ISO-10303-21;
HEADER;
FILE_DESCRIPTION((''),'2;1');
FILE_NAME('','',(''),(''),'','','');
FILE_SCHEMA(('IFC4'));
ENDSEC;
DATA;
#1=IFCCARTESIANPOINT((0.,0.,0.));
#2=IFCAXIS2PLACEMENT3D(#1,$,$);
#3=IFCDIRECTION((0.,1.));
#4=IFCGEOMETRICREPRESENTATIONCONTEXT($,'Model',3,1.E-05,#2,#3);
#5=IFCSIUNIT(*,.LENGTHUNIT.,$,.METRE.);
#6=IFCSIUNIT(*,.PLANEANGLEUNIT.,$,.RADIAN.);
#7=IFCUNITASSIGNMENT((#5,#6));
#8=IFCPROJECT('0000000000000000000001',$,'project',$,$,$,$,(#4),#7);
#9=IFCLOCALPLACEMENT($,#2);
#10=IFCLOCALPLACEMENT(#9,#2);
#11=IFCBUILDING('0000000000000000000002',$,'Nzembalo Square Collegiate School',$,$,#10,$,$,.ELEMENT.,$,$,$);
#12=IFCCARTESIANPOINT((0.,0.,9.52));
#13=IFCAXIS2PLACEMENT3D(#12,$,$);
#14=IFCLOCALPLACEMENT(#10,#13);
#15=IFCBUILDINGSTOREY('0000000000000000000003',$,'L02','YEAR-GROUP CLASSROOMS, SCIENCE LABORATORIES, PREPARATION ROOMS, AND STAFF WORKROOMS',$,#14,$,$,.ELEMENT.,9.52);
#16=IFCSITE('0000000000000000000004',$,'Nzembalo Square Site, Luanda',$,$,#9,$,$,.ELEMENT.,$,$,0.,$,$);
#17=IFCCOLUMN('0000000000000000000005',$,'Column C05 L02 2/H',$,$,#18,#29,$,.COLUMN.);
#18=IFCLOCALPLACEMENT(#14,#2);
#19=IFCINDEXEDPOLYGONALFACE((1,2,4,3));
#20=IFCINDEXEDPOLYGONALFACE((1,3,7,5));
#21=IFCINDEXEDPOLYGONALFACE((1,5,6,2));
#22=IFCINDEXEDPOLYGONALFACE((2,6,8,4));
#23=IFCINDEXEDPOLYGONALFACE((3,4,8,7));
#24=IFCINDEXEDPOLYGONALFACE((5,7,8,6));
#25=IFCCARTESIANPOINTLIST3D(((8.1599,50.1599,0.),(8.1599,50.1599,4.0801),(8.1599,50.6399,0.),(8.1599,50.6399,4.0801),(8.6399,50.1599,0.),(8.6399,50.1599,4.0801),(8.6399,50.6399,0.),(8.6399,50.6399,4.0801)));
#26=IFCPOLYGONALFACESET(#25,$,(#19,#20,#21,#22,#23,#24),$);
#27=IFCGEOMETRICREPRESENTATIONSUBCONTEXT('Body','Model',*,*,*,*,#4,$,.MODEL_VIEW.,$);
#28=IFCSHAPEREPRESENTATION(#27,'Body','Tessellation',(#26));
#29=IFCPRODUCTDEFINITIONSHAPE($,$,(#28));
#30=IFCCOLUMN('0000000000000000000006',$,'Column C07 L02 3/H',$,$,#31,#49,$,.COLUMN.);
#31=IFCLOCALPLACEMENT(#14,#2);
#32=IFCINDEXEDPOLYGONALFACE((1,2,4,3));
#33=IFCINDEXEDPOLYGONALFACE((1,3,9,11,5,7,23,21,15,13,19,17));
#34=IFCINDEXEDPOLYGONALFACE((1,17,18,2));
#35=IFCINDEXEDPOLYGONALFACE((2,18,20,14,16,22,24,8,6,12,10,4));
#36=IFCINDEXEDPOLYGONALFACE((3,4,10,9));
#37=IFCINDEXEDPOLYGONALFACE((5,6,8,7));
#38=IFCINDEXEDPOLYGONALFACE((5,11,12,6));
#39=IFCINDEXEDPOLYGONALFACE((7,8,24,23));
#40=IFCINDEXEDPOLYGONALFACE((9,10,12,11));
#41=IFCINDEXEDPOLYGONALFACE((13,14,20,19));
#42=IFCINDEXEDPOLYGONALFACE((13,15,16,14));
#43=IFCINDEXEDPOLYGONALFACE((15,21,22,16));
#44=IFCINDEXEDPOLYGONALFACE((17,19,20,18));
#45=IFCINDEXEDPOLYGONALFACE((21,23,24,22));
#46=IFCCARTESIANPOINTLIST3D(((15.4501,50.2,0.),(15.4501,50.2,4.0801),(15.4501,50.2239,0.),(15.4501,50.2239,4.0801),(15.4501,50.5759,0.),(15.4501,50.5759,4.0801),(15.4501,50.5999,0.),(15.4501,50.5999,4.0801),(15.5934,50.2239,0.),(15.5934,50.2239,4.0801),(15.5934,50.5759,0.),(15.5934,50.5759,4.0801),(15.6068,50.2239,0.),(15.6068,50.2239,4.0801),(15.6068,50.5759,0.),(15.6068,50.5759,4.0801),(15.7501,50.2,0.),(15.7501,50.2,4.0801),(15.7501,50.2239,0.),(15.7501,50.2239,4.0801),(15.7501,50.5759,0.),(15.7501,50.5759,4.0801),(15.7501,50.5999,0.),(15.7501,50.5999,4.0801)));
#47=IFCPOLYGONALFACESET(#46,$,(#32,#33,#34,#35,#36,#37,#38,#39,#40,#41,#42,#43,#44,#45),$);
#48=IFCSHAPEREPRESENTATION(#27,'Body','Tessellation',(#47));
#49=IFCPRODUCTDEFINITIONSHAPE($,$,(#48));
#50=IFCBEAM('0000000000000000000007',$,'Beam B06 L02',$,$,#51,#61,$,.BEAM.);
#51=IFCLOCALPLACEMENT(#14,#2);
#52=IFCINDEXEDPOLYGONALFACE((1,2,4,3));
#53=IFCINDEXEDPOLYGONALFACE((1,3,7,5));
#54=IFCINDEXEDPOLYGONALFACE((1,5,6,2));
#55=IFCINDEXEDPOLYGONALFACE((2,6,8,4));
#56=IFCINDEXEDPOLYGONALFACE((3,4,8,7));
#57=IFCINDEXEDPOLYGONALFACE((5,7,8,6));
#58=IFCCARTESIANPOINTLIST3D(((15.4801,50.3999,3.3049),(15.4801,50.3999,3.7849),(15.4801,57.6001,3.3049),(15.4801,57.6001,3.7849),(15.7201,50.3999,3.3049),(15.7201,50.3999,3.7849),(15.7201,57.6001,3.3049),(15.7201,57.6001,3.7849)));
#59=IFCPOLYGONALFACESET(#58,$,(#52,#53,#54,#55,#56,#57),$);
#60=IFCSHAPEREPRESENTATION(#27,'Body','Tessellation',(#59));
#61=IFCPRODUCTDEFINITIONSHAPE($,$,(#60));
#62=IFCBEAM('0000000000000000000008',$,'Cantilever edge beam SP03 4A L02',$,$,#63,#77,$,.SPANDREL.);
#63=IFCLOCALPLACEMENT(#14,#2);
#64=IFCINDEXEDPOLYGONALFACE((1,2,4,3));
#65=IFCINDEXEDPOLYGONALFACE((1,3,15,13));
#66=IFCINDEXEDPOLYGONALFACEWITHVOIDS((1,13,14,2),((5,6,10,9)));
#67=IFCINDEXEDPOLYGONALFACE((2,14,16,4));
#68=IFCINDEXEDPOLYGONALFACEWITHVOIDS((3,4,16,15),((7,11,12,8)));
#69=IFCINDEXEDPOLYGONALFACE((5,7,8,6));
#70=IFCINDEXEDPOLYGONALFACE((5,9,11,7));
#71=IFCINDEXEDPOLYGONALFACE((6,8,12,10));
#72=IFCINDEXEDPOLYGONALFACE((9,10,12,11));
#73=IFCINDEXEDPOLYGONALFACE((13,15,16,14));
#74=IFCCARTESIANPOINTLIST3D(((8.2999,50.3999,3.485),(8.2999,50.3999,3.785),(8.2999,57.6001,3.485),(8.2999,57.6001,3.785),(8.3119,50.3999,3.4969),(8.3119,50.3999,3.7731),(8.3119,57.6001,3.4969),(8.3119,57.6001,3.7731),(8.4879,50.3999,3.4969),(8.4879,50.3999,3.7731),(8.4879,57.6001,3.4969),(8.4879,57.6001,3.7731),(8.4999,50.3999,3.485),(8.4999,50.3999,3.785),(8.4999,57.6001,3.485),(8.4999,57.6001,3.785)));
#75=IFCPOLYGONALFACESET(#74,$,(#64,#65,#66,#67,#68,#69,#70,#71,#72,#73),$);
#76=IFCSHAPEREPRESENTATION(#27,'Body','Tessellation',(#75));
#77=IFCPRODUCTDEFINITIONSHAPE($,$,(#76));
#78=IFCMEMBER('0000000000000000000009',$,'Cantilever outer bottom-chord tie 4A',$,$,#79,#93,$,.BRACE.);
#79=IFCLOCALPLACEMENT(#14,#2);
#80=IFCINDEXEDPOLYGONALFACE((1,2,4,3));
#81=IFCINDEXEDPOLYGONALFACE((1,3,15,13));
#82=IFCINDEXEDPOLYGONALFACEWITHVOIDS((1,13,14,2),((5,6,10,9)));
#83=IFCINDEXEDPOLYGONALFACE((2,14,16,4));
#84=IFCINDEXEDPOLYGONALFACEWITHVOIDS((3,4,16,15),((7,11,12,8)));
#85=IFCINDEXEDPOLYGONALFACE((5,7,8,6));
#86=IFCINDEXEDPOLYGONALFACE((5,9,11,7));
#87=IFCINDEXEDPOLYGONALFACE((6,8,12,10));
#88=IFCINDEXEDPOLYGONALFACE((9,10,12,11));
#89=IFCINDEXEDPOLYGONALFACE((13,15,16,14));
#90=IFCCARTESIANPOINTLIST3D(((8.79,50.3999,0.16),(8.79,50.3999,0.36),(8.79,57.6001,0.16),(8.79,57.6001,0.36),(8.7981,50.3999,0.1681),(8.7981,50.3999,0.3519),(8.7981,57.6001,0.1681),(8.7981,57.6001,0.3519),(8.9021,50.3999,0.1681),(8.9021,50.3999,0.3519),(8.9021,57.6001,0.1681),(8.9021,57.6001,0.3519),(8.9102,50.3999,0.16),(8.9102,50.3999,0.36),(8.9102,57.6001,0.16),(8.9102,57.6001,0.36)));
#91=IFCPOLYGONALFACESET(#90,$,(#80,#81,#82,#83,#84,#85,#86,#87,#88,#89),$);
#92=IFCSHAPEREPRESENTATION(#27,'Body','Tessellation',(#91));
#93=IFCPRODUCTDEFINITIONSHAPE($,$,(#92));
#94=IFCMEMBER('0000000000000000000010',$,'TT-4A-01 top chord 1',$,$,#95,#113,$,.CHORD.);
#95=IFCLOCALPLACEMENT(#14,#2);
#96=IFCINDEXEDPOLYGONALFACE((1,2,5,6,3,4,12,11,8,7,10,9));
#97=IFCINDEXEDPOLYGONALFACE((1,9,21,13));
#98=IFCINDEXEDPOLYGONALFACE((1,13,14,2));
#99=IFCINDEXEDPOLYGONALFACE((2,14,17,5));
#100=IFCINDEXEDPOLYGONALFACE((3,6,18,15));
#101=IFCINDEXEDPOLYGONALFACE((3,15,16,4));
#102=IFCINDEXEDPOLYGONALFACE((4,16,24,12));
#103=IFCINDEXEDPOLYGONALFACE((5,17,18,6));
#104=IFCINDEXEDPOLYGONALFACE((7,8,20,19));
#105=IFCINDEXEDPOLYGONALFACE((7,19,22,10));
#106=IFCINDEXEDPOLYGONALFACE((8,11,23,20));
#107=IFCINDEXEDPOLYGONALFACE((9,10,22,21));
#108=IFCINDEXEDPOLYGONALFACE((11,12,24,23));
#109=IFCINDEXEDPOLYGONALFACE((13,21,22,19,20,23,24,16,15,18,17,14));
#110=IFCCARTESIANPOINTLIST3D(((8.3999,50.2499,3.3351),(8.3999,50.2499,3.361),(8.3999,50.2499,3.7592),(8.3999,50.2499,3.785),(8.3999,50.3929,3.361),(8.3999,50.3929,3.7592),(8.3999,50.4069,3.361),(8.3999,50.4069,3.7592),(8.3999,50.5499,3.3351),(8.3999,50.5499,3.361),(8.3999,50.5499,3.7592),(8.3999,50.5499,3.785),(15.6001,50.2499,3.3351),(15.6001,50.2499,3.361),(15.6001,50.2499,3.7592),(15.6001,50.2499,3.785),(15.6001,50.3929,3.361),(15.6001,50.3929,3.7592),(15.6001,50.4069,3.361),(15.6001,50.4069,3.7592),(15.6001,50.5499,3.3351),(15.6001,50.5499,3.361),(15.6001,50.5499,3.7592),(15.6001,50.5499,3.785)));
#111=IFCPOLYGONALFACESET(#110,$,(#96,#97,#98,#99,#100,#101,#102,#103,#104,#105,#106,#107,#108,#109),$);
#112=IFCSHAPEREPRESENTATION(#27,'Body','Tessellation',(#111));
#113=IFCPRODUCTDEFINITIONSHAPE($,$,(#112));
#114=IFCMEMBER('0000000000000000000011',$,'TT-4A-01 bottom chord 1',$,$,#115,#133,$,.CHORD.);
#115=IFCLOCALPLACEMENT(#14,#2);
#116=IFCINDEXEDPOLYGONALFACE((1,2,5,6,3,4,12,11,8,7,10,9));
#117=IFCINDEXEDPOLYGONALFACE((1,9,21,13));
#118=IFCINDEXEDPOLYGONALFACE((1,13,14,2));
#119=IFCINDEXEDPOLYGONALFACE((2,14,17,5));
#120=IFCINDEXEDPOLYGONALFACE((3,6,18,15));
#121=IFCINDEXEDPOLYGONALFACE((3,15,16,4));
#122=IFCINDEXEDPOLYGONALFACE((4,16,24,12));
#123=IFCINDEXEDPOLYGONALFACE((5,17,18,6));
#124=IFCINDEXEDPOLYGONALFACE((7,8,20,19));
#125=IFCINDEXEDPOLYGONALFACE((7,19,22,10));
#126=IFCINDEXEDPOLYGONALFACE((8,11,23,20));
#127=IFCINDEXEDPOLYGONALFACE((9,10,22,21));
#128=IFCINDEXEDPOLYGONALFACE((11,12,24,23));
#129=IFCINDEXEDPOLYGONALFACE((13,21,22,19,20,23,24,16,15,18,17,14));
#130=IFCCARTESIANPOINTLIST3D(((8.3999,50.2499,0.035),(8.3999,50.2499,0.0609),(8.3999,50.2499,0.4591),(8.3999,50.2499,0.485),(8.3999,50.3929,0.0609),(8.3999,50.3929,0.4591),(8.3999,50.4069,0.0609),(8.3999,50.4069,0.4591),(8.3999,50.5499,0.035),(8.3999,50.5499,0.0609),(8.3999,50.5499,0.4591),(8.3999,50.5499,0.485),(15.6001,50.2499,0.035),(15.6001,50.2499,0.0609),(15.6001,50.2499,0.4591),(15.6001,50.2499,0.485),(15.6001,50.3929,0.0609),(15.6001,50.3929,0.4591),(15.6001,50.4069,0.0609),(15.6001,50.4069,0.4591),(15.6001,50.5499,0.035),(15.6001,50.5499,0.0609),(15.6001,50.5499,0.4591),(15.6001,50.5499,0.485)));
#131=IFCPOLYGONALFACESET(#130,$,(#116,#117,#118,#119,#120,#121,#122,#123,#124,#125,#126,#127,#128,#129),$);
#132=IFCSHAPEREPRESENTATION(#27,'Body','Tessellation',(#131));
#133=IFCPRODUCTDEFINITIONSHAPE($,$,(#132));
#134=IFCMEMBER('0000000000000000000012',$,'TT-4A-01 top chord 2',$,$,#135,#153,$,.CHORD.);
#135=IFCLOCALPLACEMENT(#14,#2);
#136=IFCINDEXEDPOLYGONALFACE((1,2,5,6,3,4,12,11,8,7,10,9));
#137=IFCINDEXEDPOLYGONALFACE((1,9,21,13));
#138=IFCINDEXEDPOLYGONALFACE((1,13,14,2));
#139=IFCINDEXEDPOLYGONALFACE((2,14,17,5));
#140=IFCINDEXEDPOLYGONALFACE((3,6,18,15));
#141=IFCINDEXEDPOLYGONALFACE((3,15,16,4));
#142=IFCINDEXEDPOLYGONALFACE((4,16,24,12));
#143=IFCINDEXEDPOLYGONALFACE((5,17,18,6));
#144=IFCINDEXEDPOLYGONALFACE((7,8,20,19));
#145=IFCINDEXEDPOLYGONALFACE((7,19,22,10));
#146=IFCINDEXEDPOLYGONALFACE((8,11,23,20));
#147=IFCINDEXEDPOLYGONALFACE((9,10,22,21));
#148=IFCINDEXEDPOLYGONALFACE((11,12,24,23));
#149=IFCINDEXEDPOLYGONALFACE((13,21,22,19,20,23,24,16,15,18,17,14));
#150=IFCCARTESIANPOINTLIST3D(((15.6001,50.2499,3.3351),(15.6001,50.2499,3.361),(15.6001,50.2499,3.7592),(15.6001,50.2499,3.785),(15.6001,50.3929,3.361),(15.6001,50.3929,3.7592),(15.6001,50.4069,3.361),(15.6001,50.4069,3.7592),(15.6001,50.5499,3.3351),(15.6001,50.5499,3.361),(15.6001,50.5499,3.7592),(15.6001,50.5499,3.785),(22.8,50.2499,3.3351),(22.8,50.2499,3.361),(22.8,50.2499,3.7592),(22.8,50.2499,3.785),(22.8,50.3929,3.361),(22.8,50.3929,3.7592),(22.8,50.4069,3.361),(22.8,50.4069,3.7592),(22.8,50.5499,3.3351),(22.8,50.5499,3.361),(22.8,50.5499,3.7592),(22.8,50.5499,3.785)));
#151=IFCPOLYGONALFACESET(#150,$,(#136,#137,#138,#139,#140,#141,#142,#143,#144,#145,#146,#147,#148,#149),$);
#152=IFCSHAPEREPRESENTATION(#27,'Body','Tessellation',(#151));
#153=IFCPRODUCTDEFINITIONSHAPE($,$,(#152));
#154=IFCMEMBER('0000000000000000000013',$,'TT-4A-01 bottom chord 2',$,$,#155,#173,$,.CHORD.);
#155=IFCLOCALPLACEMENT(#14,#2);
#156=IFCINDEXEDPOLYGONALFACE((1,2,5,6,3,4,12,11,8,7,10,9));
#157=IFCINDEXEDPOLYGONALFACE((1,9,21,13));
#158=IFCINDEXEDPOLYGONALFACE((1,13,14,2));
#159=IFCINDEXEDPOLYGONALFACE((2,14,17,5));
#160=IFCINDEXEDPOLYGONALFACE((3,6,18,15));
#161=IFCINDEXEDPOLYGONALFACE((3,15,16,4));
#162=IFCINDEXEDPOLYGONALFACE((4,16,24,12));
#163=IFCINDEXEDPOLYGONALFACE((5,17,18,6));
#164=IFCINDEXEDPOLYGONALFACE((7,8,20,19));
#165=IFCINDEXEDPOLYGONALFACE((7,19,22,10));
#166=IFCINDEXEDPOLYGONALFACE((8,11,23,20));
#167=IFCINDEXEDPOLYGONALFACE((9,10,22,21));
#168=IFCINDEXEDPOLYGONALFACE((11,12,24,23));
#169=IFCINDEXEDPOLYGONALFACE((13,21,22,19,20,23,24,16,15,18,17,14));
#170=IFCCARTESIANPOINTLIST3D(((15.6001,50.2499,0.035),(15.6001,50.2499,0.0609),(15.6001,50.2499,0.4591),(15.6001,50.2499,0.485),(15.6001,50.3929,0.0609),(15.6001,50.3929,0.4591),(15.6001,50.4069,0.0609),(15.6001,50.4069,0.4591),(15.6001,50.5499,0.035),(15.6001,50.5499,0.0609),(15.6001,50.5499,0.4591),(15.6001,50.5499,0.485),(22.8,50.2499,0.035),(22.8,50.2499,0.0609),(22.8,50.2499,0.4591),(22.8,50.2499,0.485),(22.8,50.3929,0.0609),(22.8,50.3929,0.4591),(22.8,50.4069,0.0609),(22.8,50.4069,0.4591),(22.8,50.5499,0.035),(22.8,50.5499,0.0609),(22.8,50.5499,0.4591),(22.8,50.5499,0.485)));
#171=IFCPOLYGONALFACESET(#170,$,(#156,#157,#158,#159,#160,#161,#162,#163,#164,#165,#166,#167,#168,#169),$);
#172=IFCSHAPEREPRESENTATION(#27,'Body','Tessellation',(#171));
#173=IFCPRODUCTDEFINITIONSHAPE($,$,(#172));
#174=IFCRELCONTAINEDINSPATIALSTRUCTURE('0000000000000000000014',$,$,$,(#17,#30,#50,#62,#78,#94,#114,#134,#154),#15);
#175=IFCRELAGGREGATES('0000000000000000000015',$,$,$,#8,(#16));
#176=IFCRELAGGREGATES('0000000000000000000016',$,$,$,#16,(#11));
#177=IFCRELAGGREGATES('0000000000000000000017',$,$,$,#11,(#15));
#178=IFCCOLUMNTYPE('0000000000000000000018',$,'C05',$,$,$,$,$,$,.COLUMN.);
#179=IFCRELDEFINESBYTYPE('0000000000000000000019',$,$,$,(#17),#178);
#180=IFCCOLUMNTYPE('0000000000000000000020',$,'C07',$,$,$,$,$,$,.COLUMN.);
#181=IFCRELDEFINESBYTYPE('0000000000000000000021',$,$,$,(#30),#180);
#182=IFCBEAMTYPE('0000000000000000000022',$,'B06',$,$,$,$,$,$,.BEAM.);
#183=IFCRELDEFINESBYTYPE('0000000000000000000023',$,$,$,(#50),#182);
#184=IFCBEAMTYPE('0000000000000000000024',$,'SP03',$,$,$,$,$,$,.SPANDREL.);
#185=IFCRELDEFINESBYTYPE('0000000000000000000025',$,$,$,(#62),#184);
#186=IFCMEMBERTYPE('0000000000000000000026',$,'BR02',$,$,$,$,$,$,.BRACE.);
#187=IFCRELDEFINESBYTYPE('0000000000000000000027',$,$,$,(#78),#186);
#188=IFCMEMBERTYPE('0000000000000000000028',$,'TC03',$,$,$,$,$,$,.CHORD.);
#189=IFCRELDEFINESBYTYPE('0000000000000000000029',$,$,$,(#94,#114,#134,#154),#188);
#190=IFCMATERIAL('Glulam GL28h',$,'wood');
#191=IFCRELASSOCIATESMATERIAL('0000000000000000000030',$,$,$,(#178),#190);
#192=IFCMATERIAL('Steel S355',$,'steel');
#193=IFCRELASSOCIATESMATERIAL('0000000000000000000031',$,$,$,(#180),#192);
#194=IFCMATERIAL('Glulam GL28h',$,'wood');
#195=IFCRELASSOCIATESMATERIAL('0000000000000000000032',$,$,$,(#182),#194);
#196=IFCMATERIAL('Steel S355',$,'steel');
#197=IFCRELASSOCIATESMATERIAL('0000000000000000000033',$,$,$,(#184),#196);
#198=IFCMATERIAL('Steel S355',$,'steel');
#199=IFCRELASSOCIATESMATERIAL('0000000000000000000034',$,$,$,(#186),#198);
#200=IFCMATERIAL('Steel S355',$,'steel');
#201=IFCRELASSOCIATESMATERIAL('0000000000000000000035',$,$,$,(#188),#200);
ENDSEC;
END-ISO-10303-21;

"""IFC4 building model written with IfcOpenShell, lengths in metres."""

from ifc_helpers import new_model, si_unit, direction, frame, origin, origin_2d, place, context, subcontext, project, spatial, rectangle, hollow_rectangle, i_section, extrude, material, material_profile, profile_set, type_object, element, save


model = new_model("IFC4")

# Units and contexts
model_context = context("Model", 3, precision=1e-05, world=origin(), true_north=direction((0.0, 1.0)))
body_context = subcontext(model_context, "Body", "Model", "MODEL_VIEW")
ifc_project = project(units=[si_unit("LENGTHUNIT", "METRE"), si_unit("PLANEANGLEUNIT", "RADIAN")], contexts=[model_context])

# Site, building, storey
site_placement = place(None, origin())
site = spatial("IfcSite", under=ifc_project, at=site_placement, Name="Nzembalo Square Site, Luanda", CompositionType="ELEMENT", RefElevation=0.0)
building_placement = place(site_placement, origin())
building = spatial("IfcBuilding", under=site, at=building_placement, Name="Nzembalo Square Collegiate School", CompositionType="ELEMENT")
storey_placement = place(building_placement, frame((0.0, 0.0, 9.52)))
storey = spatial("IfcBuildingStorey", under=building, at=storey_placement, Name="L02", Description="YEAR-GROUP CLASSROOMS, SCIENCE LABORATORIES, PREPARATION ROOMS, AND STAFF WORKROOMS", CompositionType="ELEMENT", Elevation=9.52)

# Columns
ifc_material_1 = material(Name="Glulam GL28h", Category="wood")
ifc_material_profile_1 = material_profile(ifc_material_1, rectangle(XDim=0.48, YDim=0.48, at=origin_2d()), Name="GL28h 480x480")
ifc_profile_set_1 = profile_set([ifc_material_profile_1], Name="Glulam GL28h")
column_type_1 = type_object("IfcColumnType", Name="C05", PredefinedType="COLUMN", material=ifc_profile_set_1)
column_1_placement = place(storey_placement, frame((8.3999, 50.3999, 0.0), z_axis=(0.0, 0.0, 1.0), x_axis=(1.0, 0.0, 0.0)))
element("IfcColumn", 1, at=column_1_placement, inside=storey, type_object=column_type_1, Name="Column C05 L02 2/H", PredefinedType="COLUMN", context=body_context, shape_type="SweptSolid", body=[
    extrude(rectangle(XDim=0.48, YDim=0.48, at=origin_2d()), origin(), (0.0, 0.0, 1.0), 4.0801),
])
ifc_material_2 = material(Name="Steel S355", Category="steel")
ifc_material_profile_2 = material_profile(ifc_material_2, i_section(OverallWidth=0.3, OverallDepth=0.3999, WebThickness=0.0134, FlangeThickness=0.0239, at=origin_2d()), Name="HEB 400")
ifc_profile_set_2 = profile_set([ifc_material_profile_2], Name="Steel S355")
column_type_2 = type_object("IfcColumnType", Name="C07", PredefinedType="COLUMN", material=ifc_profile_set_2)
column_2_placement = place(storey_placement, frame((15.6001, 50.3999, 0.0), z_axis=(0.0, 0.0, 1.0), x_axis=(1.0, 0.0, 0.0)))
element("IfcColumn", 2, at=column_2_placement, inside=storey, type_object=column_type_2, Name="Column C07 L02 3/H", PredefinedType="COLUMN", context=body_context, shape_type="SweptSolid", body=[
    extrude(i_section(OverallWidth=0.3, OverallDepth=0.3999, WebThickness=0.0134, FlangeThickness=0.0239, at=origin_2d()), origin(), (0.0, 0.0, 1.0), 4.0801),
])

# Beams
ifc_material_3 = material(Name="Glulam GL28h", Category="wood")
ifc_material_profile_3 = material_profile(ifc_material_3, rectangle(XDim=0.24, YDim=0.48, at=origin_2d()), Name="GL28h 240x480")
ifc_profile_set_3 = profile_set([ifc_material_profile_3], Name="Glulam GL28h")
beam_type_1 = type_object("IfcBeamType", Name="B06", PredefinedType="BEAM", material=ifc_profile_set_3)
beam_1_placement = place(storey_placement, frame((15.6001, 50.3999, 3.5449), z_axis=(0.0, 1.0, 0.0), x_axis=(-1.0, 0.0, 0.0)))
element("IfcBeam", 3, at=beam_1_placement, inside=storey, type_object=beam_type_1, Name="Beam B06 L02", PredefinedType="BEAM", context=body_context, shape_type="SweptSolid", body=[
    extrude(rectangle(XDim=0.24, YDim=0.48, at=origin_2d()), origin(), (0.0, 0.0, 1.0), 7.2002),
])
ifc_material_4 = material(Name="Steel S355", Category="steel")
ifc_material_profile_4 = material_profile(ifc_material_4, hollow_rectangle(XDim=0.2, YDim=0.3, WallThickness=0.012, at=origin_2d()), Name="RHS 300x200x12")
ifc_profile_set_4 = profile_set([ifc_material_profile_4], Name="Steel S355")
beam_type_2 = type_object("IfcBeamType", Name="SP03", PredefinedType="SPANDREL", material=ifc_profile_set_4)
beam_2_placement = place(storey_placement, frame((8.3999, 50.3999, 3.635), z_axis=(0.0, 1.0, 0.0), x_axis=(-1.0, 0.0, 0.0)))
element("IfcBeam", 4, at=beam_2_placement, inside=storey, type_object=beam_type_2, Name="Cantilever edge beam SP03 4A L02", PredefinedType="SPANDREL", context=body_context, shape_type="SweptSolid", body=[
    extrude(hollow_rectangle(XDim=0.2, YDim=0.3, WallThickness=0.012, at=origin_2d()), origin(), (0.0, 0.0, 1.0), 7.2002),
])

# Members
ifc_material_5 = material(Name="Steel S355", Category="steel")
ifc_material_profile_5 = material_profile(ifc_material_5, hollow_rectangle(XDim=0.1201, YDim=0.2, WallThickness=0.0081, at=origin_2d()), Name="RHS 200x120x8")
ifc_profile_set_5 = profile_set([ifc_material_profile_5], Name="Steel S355")
member_type_1 = type_object("IfcMemberType", Name="BR02", PredefinedType="BRACE", material=ifc_profile_set_5)
member_1_placement = place(storey_placement, frame((8.8501, 50.3999, 0.26), z_axis=(0.0, 1.0, 0.0), x_axis=(-1.0, 0.0, 0.0)))
element("IfcMember", 5, at=member_1_placement, inside=storey, type_object=member_type_1, Name="Cantilever outer bottom-chord tie 4A", PredefinedType="BRACE", context=body_context, shape_type="SweptSolid", body=[
    extrude(hollow_rectangle(XDim=0.1201, YDim=0.2, WallThickness=0.0081, at=origin_2d()), origin(), (0.0, 0.0, 1.0), 7.2002),
])
ifc_material_6 = material(Name="Steel S355", Category="steel")
ifc_material_profile_6 = material_profile(ifc_material_6, i_section(OverallWidth=0.3, OverallDepth=0.45, WebThickness=0.0139, FlangeThickness=0.0259, at=origin_2d()), Name="HEB 450")
ifc_profile_set_6 = profile_set([ifc_material_profile_6], Name="Steel S355")
member_type_2 = type_object("IfcMemberType", Name="TC03", PredefinedType="CHORD", material=ifc_profile_set_6)
for number, where, z_axis, x_axis, name in (
    (6, (8.3999, 50.3999, 3.5601), (1.0, 0.0, 0.0), (0.0, 1.0, 0.0), "TT-4A-01 top chord 1"),
    (7, (8.3999, 50.3999, 0.26), (1.0, 0.0, 0.0), (0.0, 1.0, 0.0), "TT-4A-01 bottom chord 1"),
):
    element("IfcMember", number, at=place(storey_placement, frame(where, z_axis=z_axis, x_axis=x_axis)), inside=storey, type_object=member_type_2, Name=name, PredefinedType="CHORD", context=body_context, shape_type="SweptSolid", body=[
        extrude(i_section(OverallWidth=0.3, OverallDepth=0.45, WebThickness=0.0139, FlangeThickness=0.0259, at=origin_2d()), origin(), (0.0, 0.0, 1.0), 7.2002),
    ])
for number, where, z_axis, x_axis, name in (
    (8, (15.6001, 50.3999, 3.5601), (1.0, 0.0, 0.0), (0.0, 1.0, 0.0), "TT-4A-01 top chord 2"),
    (9, (15.6001, 50.3999, 0.26), (1.0, 0.0, 0.0), (0.0, 1.0, 0.0), "TT-4A-01 bottom chord 2"),
):
    element("IfcMember", number, at=place(storey_placement, frame(where, z_axis=z_axis, x_axis=x_axis)), inside=storey, type_object=member_type_2, Name=name, PredefinedType="CHORD", context=body_context, shape_type="SweptSolid", body=[
        extrude(i_section(OverallWidth=0.3, OverallDepth=0.45, WebThickness=0.0139, FlangeThickness=0.0259, at=origin_2d()), origin(), (0.0, 0.0, 1.0), 7.2),
    ])

save(model, "model.ifc")
